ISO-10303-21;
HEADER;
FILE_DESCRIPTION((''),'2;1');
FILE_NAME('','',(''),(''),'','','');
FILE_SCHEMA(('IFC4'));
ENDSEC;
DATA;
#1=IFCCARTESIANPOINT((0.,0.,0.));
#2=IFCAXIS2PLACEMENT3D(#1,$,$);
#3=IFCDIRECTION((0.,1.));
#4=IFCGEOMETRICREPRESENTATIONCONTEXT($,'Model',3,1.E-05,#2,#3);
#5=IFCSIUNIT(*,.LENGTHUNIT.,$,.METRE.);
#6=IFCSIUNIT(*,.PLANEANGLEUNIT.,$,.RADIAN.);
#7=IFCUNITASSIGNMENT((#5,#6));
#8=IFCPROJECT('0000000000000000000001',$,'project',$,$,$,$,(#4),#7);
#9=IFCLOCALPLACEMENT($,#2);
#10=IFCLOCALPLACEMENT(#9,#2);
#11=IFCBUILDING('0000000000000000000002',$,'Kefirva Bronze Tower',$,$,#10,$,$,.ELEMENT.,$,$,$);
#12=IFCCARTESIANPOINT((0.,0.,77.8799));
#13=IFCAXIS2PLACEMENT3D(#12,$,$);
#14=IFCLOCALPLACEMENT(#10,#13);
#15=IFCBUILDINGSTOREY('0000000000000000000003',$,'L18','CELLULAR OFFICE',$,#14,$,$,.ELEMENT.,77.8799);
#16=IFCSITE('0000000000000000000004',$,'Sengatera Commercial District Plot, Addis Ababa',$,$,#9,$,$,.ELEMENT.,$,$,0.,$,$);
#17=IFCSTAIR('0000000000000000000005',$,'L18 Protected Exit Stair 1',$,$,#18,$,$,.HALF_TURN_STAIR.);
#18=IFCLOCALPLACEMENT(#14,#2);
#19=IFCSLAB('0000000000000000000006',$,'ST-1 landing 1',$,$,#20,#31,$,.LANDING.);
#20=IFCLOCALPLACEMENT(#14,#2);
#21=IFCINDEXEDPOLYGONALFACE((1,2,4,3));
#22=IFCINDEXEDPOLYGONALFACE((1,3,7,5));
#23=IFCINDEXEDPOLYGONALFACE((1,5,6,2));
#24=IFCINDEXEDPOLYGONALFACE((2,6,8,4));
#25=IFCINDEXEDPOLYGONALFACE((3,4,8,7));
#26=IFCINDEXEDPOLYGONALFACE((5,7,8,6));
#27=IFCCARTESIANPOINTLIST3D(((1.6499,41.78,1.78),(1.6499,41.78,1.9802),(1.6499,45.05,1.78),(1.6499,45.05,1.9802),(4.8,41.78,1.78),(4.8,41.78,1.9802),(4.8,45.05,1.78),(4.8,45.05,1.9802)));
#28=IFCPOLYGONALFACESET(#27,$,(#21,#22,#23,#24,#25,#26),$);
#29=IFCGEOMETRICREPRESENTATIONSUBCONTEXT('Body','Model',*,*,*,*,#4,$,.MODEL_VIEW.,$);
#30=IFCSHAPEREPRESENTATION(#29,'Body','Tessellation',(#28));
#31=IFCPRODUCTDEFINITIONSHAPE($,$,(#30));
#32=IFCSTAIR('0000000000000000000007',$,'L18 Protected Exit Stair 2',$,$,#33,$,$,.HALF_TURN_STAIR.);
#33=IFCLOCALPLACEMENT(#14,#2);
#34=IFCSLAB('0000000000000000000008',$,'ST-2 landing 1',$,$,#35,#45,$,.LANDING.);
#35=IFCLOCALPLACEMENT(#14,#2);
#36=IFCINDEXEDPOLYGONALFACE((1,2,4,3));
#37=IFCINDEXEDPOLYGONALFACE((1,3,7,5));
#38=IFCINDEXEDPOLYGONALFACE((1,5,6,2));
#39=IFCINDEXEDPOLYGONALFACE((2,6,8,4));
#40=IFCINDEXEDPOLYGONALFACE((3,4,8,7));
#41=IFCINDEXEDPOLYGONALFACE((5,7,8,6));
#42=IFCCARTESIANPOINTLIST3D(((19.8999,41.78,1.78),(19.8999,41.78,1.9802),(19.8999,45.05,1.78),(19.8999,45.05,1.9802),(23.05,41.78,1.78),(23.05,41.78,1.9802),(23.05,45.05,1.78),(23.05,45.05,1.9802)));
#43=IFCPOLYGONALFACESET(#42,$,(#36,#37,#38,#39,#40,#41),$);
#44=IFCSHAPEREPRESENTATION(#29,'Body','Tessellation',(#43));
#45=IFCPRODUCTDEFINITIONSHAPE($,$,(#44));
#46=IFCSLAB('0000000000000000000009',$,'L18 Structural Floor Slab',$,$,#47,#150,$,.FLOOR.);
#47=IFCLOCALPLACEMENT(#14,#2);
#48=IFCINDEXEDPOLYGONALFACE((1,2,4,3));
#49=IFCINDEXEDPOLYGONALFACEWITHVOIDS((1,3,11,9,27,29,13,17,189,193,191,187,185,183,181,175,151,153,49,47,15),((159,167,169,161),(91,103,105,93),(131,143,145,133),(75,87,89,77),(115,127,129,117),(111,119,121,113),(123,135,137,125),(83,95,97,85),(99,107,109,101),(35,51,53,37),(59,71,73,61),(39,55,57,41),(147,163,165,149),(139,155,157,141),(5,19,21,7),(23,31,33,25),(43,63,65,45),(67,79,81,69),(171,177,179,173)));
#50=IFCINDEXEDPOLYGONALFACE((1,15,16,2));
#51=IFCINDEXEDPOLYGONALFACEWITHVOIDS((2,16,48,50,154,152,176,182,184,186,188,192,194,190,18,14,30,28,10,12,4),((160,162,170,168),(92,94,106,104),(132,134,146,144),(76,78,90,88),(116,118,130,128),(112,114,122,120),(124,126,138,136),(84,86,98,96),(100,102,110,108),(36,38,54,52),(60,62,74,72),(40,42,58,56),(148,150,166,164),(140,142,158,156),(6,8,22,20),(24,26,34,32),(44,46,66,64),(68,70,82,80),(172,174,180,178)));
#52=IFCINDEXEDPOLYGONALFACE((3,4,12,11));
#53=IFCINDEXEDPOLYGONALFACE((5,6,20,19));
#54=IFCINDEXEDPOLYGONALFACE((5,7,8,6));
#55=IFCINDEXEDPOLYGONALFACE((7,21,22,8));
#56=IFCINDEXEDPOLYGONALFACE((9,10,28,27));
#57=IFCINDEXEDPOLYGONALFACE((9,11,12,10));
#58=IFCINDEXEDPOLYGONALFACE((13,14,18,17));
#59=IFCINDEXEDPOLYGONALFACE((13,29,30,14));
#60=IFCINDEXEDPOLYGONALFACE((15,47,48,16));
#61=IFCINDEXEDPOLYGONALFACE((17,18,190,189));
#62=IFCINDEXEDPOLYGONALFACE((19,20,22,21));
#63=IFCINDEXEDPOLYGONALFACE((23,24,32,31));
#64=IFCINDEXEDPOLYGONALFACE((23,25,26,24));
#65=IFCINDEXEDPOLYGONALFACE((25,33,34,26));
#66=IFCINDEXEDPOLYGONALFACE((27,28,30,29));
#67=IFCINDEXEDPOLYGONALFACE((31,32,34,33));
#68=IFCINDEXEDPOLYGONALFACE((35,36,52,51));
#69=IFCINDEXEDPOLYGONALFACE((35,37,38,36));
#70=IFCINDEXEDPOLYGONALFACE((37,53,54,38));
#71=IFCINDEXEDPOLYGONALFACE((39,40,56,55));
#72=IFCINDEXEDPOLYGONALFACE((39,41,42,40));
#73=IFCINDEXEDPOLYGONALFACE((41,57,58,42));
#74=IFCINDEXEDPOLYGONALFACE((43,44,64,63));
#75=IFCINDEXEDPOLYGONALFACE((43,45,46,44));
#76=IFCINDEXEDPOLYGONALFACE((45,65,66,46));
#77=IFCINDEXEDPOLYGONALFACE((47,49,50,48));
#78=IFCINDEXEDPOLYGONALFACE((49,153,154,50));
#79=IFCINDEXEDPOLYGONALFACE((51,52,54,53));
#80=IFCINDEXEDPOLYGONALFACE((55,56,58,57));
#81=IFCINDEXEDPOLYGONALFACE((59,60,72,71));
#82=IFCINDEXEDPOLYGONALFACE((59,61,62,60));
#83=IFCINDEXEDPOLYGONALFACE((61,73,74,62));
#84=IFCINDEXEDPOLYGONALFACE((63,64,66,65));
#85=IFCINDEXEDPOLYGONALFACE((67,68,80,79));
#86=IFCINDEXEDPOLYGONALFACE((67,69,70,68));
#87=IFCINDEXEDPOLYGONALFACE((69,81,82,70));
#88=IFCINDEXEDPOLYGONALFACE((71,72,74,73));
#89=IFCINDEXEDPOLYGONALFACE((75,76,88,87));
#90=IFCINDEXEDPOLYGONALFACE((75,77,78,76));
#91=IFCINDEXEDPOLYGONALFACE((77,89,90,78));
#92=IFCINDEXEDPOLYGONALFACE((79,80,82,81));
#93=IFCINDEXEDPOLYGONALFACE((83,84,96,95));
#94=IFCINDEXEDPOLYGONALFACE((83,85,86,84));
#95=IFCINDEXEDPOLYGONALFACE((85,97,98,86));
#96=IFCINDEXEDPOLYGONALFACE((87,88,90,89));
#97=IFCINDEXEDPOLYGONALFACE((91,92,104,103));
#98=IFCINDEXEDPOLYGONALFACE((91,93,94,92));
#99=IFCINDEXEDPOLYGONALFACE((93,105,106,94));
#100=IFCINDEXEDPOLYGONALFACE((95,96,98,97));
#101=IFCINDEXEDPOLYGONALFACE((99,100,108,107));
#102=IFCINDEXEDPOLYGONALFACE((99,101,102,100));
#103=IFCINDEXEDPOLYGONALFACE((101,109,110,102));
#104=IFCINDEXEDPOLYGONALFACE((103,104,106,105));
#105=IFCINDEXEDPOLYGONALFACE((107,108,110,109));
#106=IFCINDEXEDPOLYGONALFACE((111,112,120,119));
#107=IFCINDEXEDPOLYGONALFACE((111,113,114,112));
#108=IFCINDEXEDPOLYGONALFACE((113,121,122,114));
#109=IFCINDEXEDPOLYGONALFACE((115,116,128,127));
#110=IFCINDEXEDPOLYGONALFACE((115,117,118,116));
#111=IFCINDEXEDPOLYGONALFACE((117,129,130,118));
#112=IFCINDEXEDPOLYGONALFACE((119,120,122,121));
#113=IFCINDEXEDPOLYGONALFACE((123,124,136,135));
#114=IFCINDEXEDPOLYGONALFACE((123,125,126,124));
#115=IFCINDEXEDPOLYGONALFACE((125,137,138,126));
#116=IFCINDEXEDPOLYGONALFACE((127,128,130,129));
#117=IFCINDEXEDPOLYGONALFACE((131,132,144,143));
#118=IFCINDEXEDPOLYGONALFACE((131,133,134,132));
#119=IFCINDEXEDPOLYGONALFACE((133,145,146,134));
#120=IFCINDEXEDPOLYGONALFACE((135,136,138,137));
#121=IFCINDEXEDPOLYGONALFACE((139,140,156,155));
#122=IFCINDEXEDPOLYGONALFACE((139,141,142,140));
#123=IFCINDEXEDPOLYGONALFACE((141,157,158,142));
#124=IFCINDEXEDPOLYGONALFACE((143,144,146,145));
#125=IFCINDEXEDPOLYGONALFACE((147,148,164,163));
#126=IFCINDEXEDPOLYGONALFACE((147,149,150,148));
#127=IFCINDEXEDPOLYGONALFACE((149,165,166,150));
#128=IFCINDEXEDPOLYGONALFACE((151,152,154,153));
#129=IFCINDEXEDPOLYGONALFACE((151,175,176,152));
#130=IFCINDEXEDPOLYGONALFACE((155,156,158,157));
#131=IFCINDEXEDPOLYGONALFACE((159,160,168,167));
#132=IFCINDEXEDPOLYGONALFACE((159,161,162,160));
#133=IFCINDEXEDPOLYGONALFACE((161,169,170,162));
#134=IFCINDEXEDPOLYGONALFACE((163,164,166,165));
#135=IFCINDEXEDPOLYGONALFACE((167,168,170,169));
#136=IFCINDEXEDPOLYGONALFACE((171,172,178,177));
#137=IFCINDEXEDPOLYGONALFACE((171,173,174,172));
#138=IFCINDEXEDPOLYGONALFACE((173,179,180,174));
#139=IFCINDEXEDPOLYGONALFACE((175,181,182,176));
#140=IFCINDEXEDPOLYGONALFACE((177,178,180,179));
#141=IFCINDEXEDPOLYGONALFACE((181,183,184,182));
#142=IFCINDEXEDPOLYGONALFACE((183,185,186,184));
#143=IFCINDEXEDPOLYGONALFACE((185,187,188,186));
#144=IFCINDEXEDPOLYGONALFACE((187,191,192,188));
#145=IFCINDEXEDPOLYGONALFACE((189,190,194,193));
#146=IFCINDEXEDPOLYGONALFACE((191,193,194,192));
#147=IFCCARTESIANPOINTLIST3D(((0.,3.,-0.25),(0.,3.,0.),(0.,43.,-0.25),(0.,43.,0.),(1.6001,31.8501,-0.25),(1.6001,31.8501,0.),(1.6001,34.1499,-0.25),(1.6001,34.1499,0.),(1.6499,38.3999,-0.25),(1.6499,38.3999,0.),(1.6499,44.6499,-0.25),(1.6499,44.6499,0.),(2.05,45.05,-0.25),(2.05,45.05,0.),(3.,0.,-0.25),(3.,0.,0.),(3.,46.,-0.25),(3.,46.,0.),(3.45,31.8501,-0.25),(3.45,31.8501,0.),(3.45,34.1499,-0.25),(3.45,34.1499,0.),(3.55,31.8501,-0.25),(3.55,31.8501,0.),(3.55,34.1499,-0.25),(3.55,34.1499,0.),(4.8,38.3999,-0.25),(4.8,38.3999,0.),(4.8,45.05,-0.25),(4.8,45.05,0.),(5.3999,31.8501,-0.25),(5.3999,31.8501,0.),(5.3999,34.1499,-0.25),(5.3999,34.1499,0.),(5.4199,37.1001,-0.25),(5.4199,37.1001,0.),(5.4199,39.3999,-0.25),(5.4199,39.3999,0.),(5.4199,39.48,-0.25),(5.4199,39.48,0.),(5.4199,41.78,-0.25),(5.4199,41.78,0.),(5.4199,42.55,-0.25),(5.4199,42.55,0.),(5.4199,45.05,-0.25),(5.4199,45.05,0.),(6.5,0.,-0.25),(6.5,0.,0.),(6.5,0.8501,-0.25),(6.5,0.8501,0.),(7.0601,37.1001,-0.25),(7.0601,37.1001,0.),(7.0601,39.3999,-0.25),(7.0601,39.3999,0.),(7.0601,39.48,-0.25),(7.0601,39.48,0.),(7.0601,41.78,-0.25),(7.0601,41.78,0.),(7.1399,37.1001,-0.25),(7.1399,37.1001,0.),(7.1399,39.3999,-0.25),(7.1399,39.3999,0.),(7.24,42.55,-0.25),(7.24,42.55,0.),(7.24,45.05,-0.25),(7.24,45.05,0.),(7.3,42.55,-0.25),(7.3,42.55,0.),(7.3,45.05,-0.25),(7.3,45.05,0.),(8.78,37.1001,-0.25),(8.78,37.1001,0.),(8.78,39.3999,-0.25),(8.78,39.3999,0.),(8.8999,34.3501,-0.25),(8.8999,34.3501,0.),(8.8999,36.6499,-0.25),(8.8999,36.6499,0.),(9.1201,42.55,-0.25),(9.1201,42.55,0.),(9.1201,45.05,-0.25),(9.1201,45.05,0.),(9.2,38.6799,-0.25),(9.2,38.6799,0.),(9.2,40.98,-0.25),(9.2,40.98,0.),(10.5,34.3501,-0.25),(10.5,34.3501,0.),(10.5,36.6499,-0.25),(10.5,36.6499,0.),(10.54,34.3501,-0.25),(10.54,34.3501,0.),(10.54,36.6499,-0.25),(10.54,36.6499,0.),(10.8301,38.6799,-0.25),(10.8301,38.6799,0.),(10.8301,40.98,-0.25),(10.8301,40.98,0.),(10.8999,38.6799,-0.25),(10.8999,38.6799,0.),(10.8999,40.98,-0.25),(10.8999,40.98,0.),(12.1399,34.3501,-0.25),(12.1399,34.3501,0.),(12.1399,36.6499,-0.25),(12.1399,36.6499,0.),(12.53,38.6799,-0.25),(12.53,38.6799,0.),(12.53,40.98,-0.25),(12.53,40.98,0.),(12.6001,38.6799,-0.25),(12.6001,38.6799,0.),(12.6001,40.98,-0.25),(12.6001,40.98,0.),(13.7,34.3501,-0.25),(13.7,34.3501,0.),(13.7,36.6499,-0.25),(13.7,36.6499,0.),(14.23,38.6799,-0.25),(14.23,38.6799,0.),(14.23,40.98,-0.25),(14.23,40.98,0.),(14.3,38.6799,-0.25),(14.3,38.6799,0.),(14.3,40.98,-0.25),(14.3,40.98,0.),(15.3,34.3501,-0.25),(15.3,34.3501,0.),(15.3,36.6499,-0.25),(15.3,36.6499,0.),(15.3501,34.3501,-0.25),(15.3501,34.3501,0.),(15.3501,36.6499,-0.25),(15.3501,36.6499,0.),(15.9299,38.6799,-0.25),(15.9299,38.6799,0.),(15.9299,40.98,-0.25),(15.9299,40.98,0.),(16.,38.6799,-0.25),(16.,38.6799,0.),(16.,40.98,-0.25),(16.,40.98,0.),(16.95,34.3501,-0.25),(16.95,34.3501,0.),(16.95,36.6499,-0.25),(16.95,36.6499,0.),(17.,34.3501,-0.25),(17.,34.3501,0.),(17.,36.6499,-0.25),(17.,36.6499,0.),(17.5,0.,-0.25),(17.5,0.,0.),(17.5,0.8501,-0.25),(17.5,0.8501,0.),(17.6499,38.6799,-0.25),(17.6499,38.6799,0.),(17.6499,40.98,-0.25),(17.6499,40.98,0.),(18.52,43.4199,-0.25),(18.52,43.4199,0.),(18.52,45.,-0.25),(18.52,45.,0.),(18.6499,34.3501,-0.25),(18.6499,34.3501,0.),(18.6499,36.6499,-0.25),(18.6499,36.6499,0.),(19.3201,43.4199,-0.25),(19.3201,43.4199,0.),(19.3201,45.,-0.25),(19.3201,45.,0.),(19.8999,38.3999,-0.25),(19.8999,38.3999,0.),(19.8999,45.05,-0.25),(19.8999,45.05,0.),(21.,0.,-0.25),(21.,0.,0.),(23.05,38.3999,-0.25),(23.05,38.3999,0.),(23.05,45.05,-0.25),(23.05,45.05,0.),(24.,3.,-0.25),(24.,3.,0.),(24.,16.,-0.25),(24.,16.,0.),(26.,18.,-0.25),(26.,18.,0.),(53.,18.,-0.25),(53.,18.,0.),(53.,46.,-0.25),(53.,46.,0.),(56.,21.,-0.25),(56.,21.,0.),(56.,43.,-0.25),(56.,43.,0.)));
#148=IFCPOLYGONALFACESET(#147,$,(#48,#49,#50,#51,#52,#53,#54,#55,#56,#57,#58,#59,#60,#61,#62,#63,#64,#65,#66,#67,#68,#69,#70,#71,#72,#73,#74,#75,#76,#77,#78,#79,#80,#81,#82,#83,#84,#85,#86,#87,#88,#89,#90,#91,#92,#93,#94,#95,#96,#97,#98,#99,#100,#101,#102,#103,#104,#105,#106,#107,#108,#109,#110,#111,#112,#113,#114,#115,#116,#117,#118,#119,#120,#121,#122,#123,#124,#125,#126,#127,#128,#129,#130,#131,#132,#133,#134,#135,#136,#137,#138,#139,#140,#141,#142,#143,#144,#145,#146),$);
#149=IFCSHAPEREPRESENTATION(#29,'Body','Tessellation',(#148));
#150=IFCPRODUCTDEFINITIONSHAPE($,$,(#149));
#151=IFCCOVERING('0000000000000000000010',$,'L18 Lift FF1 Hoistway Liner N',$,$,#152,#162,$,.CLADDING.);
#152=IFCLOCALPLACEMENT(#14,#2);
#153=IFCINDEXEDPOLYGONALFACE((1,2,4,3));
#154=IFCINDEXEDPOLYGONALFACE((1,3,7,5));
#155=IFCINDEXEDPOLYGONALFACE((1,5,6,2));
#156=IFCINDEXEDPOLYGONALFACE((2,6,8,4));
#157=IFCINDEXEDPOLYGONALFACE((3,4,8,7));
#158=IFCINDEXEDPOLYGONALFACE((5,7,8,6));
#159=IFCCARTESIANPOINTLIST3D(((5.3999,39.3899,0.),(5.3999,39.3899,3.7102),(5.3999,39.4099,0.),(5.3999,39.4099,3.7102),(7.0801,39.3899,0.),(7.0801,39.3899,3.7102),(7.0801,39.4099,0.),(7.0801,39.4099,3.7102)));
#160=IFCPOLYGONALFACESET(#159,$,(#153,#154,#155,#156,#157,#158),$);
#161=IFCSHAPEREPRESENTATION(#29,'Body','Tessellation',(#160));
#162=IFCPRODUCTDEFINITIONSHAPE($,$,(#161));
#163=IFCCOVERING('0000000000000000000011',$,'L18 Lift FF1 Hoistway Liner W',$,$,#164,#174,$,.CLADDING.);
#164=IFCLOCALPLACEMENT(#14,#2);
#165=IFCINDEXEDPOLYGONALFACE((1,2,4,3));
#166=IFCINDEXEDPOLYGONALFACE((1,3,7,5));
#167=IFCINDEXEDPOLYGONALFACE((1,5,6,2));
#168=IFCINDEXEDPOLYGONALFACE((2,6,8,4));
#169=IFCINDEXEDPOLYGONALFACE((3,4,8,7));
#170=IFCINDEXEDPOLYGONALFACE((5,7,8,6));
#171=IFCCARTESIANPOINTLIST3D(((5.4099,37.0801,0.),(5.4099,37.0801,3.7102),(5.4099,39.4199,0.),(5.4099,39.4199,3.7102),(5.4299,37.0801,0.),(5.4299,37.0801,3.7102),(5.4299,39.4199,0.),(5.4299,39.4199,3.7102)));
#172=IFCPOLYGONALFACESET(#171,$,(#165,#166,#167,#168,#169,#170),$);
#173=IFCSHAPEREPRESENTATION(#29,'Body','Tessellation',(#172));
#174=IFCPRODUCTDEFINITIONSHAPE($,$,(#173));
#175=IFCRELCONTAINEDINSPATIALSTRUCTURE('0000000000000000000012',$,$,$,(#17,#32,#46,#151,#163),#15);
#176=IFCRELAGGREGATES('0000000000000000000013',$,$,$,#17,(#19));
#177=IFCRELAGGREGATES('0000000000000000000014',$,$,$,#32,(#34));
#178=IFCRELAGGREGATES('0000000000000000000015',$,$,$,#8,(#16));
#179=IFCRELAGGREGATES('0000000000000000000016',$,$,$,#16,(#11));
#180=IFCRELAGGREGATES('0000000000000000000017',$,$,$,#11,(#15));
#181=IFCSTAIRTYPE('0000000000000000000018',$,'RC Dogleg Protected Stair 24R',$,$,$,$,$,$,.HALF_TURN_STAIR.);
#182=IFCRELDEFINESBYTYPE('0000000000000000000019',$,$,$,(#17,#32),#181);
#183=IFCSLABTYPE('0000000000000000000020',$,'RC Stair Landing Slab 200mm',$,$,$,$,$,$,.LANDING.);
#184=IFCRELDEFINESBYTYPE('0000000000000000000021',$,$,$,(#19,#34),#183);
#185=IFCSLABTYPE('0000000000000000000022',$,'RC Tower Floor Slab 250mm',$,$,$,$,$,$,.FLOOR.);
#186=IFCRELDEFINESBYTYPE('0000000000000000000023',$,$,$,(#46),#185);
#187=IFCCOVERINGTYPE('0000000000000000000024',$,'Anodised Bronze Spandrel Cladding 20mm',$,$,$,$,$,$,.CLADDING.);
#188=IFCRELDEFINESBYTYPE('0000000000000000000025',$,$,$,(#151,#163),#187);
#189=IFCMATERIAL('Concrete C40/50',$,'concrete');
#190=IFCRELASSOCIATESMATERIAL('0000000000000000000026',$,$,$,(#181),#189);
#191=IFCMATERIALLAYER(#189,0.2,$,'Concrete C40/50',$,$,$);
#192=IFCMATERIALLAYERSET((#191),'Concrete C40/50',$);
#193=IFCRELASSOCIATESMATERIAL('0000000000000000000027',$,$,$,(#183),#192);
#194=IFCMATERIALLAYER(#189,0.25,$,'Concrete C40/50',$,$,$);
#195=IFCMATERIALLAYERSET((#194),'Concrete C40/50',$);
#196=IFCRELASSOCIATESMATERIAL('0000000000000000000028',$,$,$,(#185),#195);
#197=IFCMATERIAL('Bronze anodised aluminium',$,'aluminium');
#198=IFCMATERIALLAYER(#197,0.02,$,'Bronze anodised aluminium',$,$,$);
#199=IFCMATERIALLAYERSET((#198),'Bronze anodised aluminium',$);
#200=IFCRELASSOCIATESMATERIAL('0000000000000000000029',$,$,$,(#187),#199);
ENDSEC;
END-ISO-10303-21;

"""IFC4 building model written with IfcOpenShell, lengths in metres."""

from ifc_helpers import new_model, si_unit, direction, frame, origin, place, context, subcontext, project, spatial, polyline, outline, extrude, material, layer, layer_set, type_object, element, aggregate, save


model = new_model("IFC4")

# Units and contexts
model_context = context("Model", 3, precision=1e-05, world=origin(), true_north=direction((0.0, 1.0)))
body_context = subcontext(model_context, "Body", "Model", "MODEL_VIEW")
ifc_project = project(units=[si_unit("LENGTHUNIT", "METRE"), si_unit("PLANEANGLEUNIT", "RADIAN")], contexts=[model_context])

# Site, building, storey
site_placement = place(None, origin())
site = spatial("IfcSite", under=ifc_project, at=site_placement, Name="Sengatera Commercial District Plot, Addis Ababa", CompositionType="ELEMENT", RefElevation=0.0)
building_placement = place(site_placement, origin())
building = spatial("IfcBuilding", under=site, at=building_placement, Name="Kefirva Bronze Tower", CompositionType="ELEMENT")
storey_placement = place(building_placement, frame((0.0, 0.0, 77.8799)))
storey = spatial("IfcBuildingStorey", under=building, at=storey_placement, Name="L18", Description="CELLULAR OFFICE", CompositionType="ELEMENT", Elevation=77.8799)

# Stairs, slabs
ifc_material_1 = material(Name="Concrete C40/50", Category="concrete")
stair_type = type_object("IfcStairType", Name="RC Dogleg Protected Stair 24R", PredefinedType="HALF_TURN_STAIR", material=ifc_material_1)
stair_1_placement = place(storey_placement, origin())
stair_1 = element("IfcStair", 1, at=stair_1_placement, inside=storey, type_object=stair_type, Name="L18 Protected Exit Stair 1", PredefinedType="HALF_TURN_STAIR")
ifc_layer_1 = layer(ifc_material_1, 0.2, Name="Concrete C40/50")
ifc_layer_set_1 = layer_set([ifc_layer_1], Name="Concrete C40/50")
slab_type_1 = type_object("IfcSlabType", Name="RC Stair Landing Slab 200mm", PredefinedType="LANDING", material=ifc_layer_set_1)
slab_1_placement = place(storey_placement, frame((0.0, 0.0, 1.78)))
slab_1 = element("IfcSlab", 2, at=slab_1_placement, type_object=slab_type_1, Name="ST-1 landing 1", PredefinedType="LANDING", context=body_context, shape_type="SweptSolid", body=[
    extrude(outline(polyline([(4.8, 41.78), (4.8, 45.05), (1.6499, 45.05), (1.6499, 41.78), (4.8, 41.78)])), origin(), (0.0, 0.0, 1.0), 0.2002),
])
aggregate(stair_1, [slab_1])
stair_2_placement = place(storey_placement, origin())
stair_2 = element("IfcStair", 3, at=stair_2_placement, inside=storey, type_object=stair_type, Name="L18 Protected Exit Stair 2", PredefinedType="HALF_TURN_STAIR")
slab_2_placement = place(storey_placement, frame((0.0, 0.0, 1.78)))
slab_2 = element("IfcSlab", 4, at=slab_2_placement, type_object=slab_type_1, Name="ST-2 landing 1", PredefinedType="LANDING", context=body_context, shape_type="SweptSolid", body=[
    extrude(outline(polyline([(23.05, 41.78), (23.05, 45.05), (19.8999, 45.05), (19.8999, 41.78), (23.05, 41.78)])), origin(), (0.0, 0.0, 1.0), 0.2002),
])
aggregate(stair_2, [slab_2])

# Slab
ifc_layer_2 = layer(ifc_material_1, 0.25, Name="Concrete C40/50")
ifc_layer_set_2 = layer_set([ifc_layer_2], Name="Concrete C40/50")
slab_type_2 = type_object("IfcSlabType", Name="RC Tower Floor Slab 250mm", PredefinedType="FLOOR", material=ifc_layer_set_2)
slab_3_placement = place(storey_placement, frame((0.0, 0.0, -0.25)))
element("IfcSlab", 5, at=slab_3_placement, inside=storey, type_object=slab_type_2, Name="L18 Structural Floor Slab", PredefinedType="FLOOR", context=body_context, shape_type="SweptSolid", body=[
    extrude(outline(polyline([(0.0, 3.0), (0.0, 43.0), (1.6499, 44.6499), (1.6499, 38.3999), (4.8, 38.3999), (4.8, 45.05), (2.05, 45.05), (3.0, 46.0), (53.0, 46.0), (56.0, 43.0), (56.0, 21.0), (53.0, 18.0), (26.0, 18.0), (24.0, 16.0), (24.0, 3.0), (21.0, 0.0), (17.5, 0.0), (17.5, 0.8501), (6.5, 0.8501), (6.5, 0.0), (3.0, 0.0), (0.0, 3.0)]), holes=[polyline([(19.8999, 38.3999), (23.05, 38.3999), (23.05, 45.05), (19.8999, 45.05), (19.8999, 38.3999)]), polyline([(18.52, 43.4199), (19.3201, 43.4199), (19.3201, 45.0), (18.52, 45.0), (18.52, 43.4199)]), polyline([(17.0, 34.3501), (18.6499, 34.3501), (18.6499, 36.6499), (17.0, 36.6499), (17.0, 34.3501)]), polyline([(17.6499, 38.6799), (17.6499, 40.98), (16.0, 40.98), (16.0, 38.6799), (17.6499, 38.6799)]), polyline([(16.95, 34.3501), (16.95, 36.6499), (15.3501, 36.6499), (15.3501, 34.3501), (16.95, 34.3501)]), polyline([(15.9299, 38.6799), (15.9299, 40.98), (14.3, 40.98), (14.3, 38.6799), (15.9299, 38.6799)]), polyline([(15.3, 34.3501), (15.3, 36.6499), (13.7, 36.6499), (13.7, 34.3501), (15.3, 34.3501)]), polyline([(14.23, 38.6799), (14.23, 40.98), (12.6001, 40.98), (12.6001, 38.6799), (14.23, 38.6799)]), polyline([(10.8999, 38.6799), (12.53, 38.6799), (12.53, 40.98), (10.8999, 40.98), (10.8999, 38.6799)]), polyline([(12.1399, 34.3501), (12.1399, 36.6499), (10.54, 36.6499), (10.54, 34.3501), (12.1399, 34.3501)]), polyline([(10.8301, 38.6799), (10.8301, 40.98), (9.2, 40.98), (9.2, 38.6799), (10.8301, 38.6799)]), polyline([(10.5, 34.3501), (10.5, 36.6499), (8.8999, 36.6499), (8.8999, 34.3501), (10.5, 34.3501)]), polyline([(7.3, 42.55), (9.1201, 42.55), (9.1201, 45.05), (7.3, 45.05), (7.3, 42.55)]), polyline([(7.1399, 37.1001), (8.78, 37.1001), (8.78, 39.3999), (7.1399, 39.3999), (7.1399, 37.1001)]), polyline([(5.4199, 42.55), (7.24, 42.55), (7.24, 45.05), (5.4199, 45.05), (5.4199, 42.55)]), polyline([(7.0601, 39.48), (7.0601, 41.78), (5.4199, 41.78), (5.4199, 39.48), (7.0601, 39.48)]), polyline([(5.4199, 37.1001), (7.0601, 37.1001), (7.0601, 39.3999), (5.4199, 39.3999), (5.4199, 37.1001)]), polyline([(5.3999, 31.8501), (5.3999, 34.1499), (3.55, 34.1499), (3.55, 31.8501), (5.3999, 31.8501)]), polyline([(3.45, 31.8501), (3.45, 34.1499), (1.6001, 34.1499), (1.6001, 31.8501), (3.45, 31.8501)])]), origin(), (0.0, 0.0, 1.0), 0.25),
])

# Coverings
ifc_material_2 = material(Name="Bronze anodised aluminium", Category="aluminium")
ifc_layer_3 = layer(ifc_material_2, 0.02, Name="Bronze anodised aluminium")
ifc_layer_set_3 = layer_set([ifc_layer_3], Name="Bronze anodised aluminium")
covering_type = type_object("IfcCoveringType", Name="Anodised Bronze Spandrel Cladding 20mm", PredefinedType="CLADDING", material=ifc_layer_set_3)
covering_1_placement = place(storey_placement, origin())
element("IfcCovering", 6, at=covering_1_placement, inside=storey, type_object=covering_type, Name="L18 Lift FF1 Hoistway Liner N", PredefinedType="CLADDING", context=body_context, shape_type="SweptSolid", body=[
    extrude(outline(polyline([(5.3999, 39.3899), (7.0801, 39.3899), (7.0801, 39.4099), (5.3999, 39.4099), (5.3999, 39.3899)])), origin(), (0.0, 0.0, 1.0), 3.7102),
])
covering_2_placement = place(storey_placement, origin())
element("IfcCovering", 7, at=covering_2_placement, inside=storey, type_object=covering_type, Name="L18 Lift FF1 Hoistway Liner W", PredefinedType="CLADDING", context=body_context, shape_type="SweptSolid", body=[
    extrude(outline(polyline([(5.4099, 37.0801), (5.4299, 37.0801), (5.4299, 39.4199), (5.4099, 39.4199), (5.4099, 37.0801)])), origin(), (0.0, 0.0, 1.0), 3.7102),
])

save(model, "model.ifc")
